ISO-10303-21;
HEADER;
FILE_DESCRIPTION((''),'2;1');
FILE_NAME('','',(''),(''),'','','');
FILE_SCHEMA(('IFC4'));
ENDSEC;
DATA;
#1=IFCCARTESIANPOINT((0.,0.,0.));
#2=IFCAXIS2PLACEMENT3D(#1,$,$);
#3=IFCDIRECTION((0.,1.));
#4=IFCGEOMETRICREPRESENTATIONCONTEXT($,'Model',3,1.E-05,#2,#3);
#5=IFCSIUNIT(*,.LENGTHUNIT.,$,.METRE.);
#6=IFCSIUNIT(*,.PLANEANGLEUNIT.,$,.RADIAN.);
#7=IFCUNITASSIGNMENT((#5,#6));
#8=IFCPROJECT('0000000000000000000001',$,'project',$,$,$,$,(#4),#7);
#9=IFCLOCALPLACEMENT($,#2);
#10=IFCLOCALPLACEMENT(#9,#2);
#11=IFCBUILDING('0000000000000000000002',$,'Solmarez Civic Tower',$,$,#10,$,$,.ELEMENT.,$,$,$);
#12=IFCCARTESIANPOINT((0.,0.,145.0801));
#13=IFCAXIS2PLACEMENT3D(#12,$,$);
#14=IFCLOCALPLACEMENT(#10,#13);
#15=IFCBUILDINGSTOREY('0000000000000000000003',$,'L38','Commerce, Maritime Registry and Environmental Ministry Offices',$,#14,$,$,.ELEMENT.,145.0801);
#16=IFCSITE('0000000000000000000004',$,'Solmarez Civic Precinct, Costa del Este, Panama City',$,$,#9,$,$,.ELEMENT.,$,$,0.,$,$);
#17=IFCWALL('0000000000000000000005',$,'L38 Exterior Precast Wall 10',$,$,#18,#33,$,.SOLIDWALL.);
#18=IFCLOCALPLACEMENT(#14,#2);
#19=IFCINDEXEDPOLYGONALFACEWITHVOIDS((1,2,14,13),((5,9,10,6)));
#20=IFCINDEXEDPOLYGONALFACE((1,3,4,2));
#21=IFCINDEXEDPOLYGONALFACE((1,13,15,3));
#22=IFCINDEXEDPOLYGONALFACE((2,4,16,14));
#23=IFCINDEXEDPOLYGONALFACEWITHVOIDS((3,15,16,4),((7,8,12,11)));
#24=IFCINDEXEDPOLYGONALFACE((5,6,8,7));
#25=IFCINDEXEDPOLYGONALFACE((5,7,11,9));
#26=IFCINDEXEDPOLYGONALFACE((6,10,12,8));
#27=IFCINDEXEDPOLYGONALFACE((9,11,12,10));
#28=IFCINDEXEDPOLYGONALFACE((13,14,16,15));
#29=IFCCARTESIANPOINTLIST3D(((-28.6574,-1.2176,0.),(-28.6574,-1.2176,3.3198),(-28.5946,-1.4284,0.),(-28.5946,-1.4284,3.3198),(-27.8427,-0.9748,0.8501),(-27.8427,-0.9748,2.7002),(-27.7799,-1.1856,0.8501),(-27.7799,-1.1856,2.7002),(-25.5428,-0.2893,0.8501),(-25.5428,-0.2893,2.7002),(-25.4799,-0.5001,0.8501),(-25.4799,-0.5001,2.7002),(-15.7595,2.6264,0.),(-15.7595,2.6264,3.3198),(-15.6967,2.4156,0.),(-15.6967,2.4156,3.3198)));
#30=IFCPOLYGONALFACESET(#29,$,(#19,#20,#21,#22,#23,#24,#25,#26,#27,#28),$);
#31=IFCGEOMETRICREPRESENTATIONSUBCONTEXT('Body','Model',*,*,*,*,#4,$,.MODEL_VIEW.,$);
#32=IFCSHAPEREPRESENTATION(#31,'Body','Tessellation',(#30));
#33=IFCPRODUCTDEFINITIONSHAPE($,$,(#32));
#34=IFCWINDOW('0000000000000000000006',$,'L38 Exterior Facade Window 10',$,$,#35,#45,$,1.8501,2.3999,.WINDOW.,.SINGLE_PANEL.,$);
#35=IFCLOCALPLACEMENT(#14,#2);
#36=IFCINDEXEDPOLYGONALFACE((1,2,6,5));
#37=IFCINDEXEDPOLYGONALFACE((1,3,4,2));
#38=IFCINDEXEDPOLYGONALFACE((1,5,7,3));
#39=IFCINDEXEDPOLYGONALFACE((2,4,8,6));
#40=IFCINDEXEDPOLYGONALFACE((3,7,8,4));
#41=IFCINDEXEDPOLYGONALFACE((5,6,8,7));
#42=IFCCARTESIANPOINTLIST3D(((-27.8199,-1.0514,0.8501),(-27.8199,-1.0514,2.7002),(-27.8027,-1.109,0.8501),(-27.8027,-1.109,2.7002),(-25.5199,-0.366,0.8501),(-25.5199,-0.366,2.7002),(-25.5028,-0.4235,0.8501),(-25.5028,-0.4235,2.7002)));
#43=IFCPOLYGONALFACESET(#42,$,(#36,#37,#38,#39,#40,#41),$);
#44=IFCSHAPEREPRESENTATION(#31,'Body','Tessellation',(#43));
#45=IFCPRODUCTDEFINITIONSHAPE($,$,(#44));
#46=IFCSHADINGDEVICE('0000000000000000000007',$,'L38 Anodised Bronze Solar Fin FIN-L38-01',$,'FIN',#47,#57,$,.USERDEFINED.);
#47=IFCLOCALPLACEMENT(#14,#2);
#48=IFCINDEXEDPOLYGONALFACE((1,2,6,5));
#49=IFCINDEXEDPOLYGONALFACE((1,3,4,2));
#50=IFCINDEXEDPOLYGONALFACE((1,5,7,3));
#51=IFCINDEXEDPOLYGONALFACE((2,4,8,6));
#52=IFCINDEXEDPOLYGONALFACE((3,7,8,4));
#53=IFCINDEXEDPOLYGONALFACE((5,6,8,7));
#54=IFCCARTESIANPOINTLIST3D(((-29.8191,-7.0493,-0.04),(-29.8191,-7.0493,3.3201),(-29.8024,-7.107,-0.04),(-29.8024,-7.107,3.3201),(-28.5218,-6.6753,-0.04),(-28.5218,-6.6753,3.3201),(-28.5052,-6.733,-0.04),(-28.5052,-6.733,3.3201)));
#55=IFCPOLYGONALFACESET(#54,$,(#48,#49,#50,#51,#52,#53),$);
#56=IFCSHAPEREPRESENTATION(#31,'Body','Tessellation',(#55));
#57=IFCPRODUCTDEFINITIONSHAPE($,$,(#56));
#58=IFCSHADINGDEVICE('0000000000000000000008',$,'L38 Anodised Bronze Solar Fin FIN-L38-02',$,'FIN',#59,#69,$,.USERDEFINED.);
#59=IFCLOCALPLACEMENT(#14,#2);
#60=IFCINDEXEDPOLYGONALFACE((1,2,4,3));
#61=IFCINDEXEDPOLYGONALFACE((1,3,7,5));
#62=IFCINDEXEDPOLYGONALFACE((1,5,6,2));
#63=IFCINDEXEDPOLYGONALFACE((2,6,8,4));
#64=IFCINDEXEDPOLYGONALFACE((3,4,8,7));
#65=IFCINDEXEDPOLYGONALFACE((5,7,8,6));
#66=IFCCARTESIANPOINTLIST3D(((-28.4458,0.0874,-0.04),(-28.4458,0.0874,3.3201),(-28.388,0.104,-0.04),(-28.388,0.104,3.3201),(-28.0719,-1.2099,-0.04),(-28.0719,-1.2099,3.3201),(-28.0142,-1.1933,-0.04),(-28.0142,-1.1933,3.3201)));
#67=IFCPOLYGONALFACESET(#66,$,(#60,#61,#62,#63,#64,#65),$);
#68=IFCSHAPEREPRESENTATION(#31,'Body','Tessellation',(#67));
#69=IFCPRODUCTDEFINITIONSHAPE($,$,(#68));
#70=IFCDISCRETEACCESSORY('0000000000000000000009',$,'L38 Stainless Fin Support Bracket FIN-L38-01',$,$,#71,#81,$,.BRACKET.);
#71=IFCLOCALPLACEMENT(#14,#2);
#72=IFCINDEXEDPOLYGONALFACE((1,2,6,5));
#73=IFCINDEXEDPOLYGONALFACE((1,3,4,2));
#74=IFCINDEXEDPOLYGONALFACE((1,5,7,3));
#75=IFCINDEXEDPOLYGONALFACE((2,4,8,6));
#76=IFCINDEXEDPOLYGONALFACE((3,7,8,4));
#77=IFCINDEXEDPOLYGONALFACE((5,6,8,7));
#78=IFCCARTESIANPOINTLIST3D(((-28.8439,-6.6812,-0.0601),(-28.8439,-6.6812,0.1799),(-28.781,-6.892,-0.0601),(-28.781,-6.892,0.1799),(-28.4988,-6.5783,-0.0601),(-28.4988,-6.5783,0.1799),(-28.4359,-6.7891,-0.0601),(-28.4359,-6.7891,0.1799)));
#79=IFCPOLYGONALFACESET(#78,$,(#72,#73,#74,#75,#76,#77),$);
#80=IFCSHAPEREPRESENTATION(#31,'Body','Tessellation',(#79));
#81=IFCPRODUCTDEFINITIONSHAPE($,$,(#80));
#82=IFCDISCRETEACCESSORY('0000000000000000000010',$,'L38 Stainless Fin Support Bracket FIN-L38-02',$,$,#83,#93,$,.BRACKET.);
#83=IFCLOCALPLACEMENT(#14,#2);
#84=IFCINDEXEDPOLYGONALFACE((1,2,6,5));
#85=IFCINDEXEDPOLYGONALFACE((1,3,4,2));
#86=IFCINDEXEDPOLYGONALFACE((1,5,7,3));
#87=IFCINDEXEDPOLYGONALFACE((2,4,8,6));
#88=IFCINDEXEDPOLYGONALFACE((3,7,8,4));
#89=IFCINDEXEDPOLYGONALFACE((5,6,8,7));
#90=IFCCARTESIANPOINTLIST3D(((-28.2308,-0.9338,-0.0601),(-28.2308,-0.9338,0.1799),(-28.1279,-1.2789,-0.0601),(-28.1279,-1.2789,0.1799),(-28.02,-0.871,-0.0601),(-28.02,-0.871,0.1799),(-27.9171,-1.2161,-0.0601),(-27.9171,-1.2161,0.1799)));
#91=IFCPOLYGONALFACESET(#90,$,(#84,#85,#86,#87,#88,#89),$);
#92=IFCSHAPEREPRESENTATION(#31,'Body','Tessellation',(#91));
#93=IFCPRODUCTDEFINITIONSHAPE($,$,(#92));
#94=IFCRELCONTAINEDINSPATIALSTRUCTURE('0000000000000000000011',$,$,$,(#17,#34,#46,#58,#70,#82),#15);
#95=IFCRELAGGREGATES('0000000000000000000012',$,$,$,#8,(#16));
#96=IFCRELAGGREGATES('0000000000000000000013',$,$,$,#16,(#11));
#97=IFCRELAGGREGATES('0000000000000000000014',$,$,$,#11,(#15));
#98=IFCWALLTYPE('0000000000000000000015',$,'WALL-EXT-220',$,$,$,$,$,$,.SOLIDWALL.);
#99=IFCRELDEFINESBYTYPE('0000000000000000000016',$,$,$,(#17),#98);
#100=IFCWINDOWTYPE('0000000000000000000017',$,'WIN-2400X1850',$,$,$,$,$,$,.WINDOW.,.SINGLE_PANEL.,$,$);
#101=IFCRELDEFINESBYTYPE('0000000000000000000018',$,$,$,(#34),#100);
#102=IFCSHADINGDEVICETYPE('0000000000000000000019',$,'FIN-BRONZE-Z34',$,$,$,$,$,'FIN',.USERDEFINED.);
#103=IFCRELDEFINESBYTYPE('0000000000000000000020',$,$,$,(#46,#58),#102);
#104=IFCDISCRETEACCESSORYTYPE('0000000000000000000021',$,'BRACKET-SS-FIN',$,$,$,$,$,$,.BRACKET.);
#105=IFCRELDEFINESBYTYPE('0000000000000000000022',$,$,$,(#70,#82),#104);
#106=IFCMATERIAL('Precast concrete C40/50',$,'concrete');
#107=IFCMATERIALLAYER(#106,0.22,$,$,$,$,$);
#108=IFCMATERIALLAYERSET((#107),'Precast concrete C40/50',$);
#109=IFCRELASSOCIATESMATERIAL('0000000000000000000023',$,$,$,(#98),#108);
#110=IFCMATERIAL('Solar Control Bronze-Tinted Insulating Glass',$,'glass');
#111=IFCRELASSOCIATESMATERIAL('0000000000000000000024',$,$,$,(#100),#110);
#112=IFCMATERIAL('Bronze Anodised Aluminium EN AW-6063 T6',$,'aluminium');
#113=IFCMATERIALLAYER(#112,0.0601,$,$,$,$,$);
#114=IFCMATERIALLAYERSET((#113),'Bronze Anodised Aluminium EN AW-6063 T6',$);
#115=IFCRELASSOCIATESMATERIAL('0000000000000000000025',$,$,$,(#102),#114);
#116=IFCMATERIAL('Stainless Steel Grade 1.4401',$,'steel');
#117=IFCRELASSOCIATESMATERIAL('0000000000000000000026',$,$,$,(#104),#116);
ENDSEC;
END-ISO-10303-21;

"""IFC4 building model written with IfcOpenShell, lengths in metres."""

from ifc_helpers import new_model, si_unit, direction, frame, frame_2d, origin, origin_2d, place, context, subcontext, project, spatial, rectangle, extrude, material, layer, layer_set, type_object, element, fill, save


model = new_model("IFC4")

# Units and contexts
model_context = context("Model", 3, precision=1e-05, world=origin(), true_north=direction((0.0, 1.0)))
body_context = subcontext(model_context, "Body", "Model", "MODEL_VIEW")
ifc_project = project(units=[si_unit("LENGTHUNIT", "METRE"), si_unit("PLANEANGLEUNIT", "RADIAN")], contexts=[model_context])

# Site, building, storey
site_placement = place(None, origin())
site = spatial("IfcSite", under=ifc_project, at=site_placement, Name="Solmarez Civic Precinct, Costa del Este, Panama City", CompositionType="ELEMENT", RefElevation=0.0)
building_placement = place(site_placement, origin())
building = spatial("IfcBuilding", under=site, at=building_placement, Name="Solmarez Civic Tower", CompositionType="ELEMENT")
storey_placement = place(building_placement, frame((0.0, 0.0, 145.0801)))
storey = spatial("IfcBuildingStorey", under=building, at=storey_placement, Name="L38", Description="Commerce, Maritime Registry and Environmental Ministry Offices", CompositionType="ELEMENT", Elevation=145.0801)

# Shared definitions
ifc_material_1 = material(Name="Precast concrete C40/50", Category="concrete")
ifc_layer_1 = layer(ifc_material_1, 0.22)
ifc_layer_set_1 = layer_set([ifc_layer_1], Name="Precast concrete C40/50")
wall_type = type_object("IfcWallType", Name="WALL-EXT-220", PredefinedType="SOLIDWALL", material=ifc_layer_set_1)

# Shared definitions
ifc_material_2 = material(Name="Solar Control Bronze-Tinted Insulating Glass", Category="glass")

# Wall, opening, window
wall_1_placement = place(storey_placement, frame((-28.626, -1.323, 0.0), z_axis=(0.0, 0.0, 1.0), x_axis=(0.958344, 0.285617, 0.0)))
wall_1 = element("IfcWall", 1, at=wall_1_placement, inside=storey, type_object=wall_type, Name="L38 Exterior Precast Wall 10", PredefinedType="SOLIDWALL", context=body_context, shape_type="SweptSolid", body=[
    extrude(rectangle(XDim=13.4585, YDim=0.22, at=frame_2d((6.7292, 0.0))), origin(), (0.0, 0.0, 1.0), 3.3198),
])
opening_1_placement = place(wall_1_placement, frame((0.8501, 0.0, 0.8501)))
opening_1 = element("IfcOpeningElement", 2, at=opening_1_placement, cuts=wall_1, PredefinedType="OPENING", context=body_context, shape_type="SweptSolid", body=[
    extrude(rectangle(XDim=2.3999, YDim=1.8501, at=frame_2d((1.2, 0.925))), frame((0.0, 0.1199, 0.0), z_axis=(0.0, -1.0, 0.0), x_axis=(1.0, 0.0, 0.0)), (0.0, 0.0, 1.0), 0.24),
])
window_type_1 = type_object("IfcWindowType", Name="WIN-2400X1850", PartitioningType="SINGLE_PANEL", PredefinedType="WINDOW", material=ifc_material_2)
window_1_placement = place(opening_1_placement, origin())
window_1 = element("IfcWindow", 3, at=window_1_placement, inside=storey, type_object=window_type_1, Name="L38 Exterior Facade Window 10", OverallHeight=1.8501, OverallWidth=2.3999, PartitioningType="SINGLE_PANEL", PredefinedType="WINDOW", context=body_context, shape_type="SweptSolid", body=[
    extrude(rectangle(XDim=2.3999, YDim=1.8501, at=frame_2d((1.2, 0.925))), frame((0.0, 0.03, 0.0), z_axis=(0.0, -1.0, 0.0), x_axis=(1.0, 0.0, 0.0)), (0.0, 0.0, 1.0), 0.0601),
])
fill(opening_1, window_1)

# Shading devices
ifc_material_3 = material(Name="Bronze Anodised Aluminium EN AW-6063 T6", Category="aluminium")
ifc_layer_2 = layer(ifc_material_3, 0.0601)
ifc_layer_set_2 = layer_set([ifc_layer_2], Name="Bronze Anodised Aluminium EN AW-6063 T6")
shading_device_type = type_object("IfcShadingDeviceType", Name="FIN-BRONZE-Z34", ElementType="FIN", PredefinedType="USERDEFINED", material=ifc_layer_set_2)
for number, where, z_axis, x_axis, name in (
    (4, (-29.1621, -6.8911, -0.04), (0.0, 0.0, 1.0), (-0.960866, -0.277013, 0.0), "L38 Anodised Bronze Solar Fin FIN-L38-01"),
    (5, (-28.23, -0.553, -0.04), (0.0, 0.0, 1.0), (-0.276895, 0.9609, 0.0), "L38 Anodised Bronze Solar Fin FIN-L38-02"),
):
    element("IfcShadingDevice", number, at=place(storey_placement, frame(where, z_axis=z_axis, x_axis=x_axis)), inside=storey, type_object=shading_device_type, Name=name, ObjectType="FIN", PredefinedType="USERDEFINED", context=body_context, shape_type="SweptSolid", body=[
        extrude(rectangle(XDim=1.3501, YDim=0.0601, at=origin_2d()), origin(), (0.0, 0.0, 1.0), 3.3601),
    ])

# Discrete accessories
ifc_material_4 = material(Name="Stainless Steel Grade 1.4401", Category="steel")
discrete_accessory_type = type_object("IfcDiscreteAccessoryType", Name="BRACKET-SS-FIN", PredefinedType="BRACKET", material=ifc_material_4)
for number, where, z_axis, x_axis, name in (
    (6, (-28.6399, -6.7351, -0.0601), (0.0, 0.0, 1.0), (-0.958306, -0.285745, 0.0), "L38 Stainless Fin Support Bracket FIN-L38-01"),
    (7, (-28.074, -1.075, -0.0601), (0.0, 0.0, 1.0), (-0.285629, 0.95834, 0.0), "L38 Stainless Fin Support Bracket FIN-L38-02"),
):
    element("IfcDiscreteAccessory", number, at=place(storey_placement, frame(where, z_axis=z_axis, x_axis=x_axis)), inside=storey, type_object=discrete_accessory_type, Name=name, PredefinedType="BRACKET", context=body_context, shape_type="SweptSolid", body=[
        extrude(rectangle(XDim=0.3601, YDim=0.22, at=origin_2d()), origin(), (0.0, 0.0, 1.0), 0.24),
    ])

save(model, "model.ifc")
